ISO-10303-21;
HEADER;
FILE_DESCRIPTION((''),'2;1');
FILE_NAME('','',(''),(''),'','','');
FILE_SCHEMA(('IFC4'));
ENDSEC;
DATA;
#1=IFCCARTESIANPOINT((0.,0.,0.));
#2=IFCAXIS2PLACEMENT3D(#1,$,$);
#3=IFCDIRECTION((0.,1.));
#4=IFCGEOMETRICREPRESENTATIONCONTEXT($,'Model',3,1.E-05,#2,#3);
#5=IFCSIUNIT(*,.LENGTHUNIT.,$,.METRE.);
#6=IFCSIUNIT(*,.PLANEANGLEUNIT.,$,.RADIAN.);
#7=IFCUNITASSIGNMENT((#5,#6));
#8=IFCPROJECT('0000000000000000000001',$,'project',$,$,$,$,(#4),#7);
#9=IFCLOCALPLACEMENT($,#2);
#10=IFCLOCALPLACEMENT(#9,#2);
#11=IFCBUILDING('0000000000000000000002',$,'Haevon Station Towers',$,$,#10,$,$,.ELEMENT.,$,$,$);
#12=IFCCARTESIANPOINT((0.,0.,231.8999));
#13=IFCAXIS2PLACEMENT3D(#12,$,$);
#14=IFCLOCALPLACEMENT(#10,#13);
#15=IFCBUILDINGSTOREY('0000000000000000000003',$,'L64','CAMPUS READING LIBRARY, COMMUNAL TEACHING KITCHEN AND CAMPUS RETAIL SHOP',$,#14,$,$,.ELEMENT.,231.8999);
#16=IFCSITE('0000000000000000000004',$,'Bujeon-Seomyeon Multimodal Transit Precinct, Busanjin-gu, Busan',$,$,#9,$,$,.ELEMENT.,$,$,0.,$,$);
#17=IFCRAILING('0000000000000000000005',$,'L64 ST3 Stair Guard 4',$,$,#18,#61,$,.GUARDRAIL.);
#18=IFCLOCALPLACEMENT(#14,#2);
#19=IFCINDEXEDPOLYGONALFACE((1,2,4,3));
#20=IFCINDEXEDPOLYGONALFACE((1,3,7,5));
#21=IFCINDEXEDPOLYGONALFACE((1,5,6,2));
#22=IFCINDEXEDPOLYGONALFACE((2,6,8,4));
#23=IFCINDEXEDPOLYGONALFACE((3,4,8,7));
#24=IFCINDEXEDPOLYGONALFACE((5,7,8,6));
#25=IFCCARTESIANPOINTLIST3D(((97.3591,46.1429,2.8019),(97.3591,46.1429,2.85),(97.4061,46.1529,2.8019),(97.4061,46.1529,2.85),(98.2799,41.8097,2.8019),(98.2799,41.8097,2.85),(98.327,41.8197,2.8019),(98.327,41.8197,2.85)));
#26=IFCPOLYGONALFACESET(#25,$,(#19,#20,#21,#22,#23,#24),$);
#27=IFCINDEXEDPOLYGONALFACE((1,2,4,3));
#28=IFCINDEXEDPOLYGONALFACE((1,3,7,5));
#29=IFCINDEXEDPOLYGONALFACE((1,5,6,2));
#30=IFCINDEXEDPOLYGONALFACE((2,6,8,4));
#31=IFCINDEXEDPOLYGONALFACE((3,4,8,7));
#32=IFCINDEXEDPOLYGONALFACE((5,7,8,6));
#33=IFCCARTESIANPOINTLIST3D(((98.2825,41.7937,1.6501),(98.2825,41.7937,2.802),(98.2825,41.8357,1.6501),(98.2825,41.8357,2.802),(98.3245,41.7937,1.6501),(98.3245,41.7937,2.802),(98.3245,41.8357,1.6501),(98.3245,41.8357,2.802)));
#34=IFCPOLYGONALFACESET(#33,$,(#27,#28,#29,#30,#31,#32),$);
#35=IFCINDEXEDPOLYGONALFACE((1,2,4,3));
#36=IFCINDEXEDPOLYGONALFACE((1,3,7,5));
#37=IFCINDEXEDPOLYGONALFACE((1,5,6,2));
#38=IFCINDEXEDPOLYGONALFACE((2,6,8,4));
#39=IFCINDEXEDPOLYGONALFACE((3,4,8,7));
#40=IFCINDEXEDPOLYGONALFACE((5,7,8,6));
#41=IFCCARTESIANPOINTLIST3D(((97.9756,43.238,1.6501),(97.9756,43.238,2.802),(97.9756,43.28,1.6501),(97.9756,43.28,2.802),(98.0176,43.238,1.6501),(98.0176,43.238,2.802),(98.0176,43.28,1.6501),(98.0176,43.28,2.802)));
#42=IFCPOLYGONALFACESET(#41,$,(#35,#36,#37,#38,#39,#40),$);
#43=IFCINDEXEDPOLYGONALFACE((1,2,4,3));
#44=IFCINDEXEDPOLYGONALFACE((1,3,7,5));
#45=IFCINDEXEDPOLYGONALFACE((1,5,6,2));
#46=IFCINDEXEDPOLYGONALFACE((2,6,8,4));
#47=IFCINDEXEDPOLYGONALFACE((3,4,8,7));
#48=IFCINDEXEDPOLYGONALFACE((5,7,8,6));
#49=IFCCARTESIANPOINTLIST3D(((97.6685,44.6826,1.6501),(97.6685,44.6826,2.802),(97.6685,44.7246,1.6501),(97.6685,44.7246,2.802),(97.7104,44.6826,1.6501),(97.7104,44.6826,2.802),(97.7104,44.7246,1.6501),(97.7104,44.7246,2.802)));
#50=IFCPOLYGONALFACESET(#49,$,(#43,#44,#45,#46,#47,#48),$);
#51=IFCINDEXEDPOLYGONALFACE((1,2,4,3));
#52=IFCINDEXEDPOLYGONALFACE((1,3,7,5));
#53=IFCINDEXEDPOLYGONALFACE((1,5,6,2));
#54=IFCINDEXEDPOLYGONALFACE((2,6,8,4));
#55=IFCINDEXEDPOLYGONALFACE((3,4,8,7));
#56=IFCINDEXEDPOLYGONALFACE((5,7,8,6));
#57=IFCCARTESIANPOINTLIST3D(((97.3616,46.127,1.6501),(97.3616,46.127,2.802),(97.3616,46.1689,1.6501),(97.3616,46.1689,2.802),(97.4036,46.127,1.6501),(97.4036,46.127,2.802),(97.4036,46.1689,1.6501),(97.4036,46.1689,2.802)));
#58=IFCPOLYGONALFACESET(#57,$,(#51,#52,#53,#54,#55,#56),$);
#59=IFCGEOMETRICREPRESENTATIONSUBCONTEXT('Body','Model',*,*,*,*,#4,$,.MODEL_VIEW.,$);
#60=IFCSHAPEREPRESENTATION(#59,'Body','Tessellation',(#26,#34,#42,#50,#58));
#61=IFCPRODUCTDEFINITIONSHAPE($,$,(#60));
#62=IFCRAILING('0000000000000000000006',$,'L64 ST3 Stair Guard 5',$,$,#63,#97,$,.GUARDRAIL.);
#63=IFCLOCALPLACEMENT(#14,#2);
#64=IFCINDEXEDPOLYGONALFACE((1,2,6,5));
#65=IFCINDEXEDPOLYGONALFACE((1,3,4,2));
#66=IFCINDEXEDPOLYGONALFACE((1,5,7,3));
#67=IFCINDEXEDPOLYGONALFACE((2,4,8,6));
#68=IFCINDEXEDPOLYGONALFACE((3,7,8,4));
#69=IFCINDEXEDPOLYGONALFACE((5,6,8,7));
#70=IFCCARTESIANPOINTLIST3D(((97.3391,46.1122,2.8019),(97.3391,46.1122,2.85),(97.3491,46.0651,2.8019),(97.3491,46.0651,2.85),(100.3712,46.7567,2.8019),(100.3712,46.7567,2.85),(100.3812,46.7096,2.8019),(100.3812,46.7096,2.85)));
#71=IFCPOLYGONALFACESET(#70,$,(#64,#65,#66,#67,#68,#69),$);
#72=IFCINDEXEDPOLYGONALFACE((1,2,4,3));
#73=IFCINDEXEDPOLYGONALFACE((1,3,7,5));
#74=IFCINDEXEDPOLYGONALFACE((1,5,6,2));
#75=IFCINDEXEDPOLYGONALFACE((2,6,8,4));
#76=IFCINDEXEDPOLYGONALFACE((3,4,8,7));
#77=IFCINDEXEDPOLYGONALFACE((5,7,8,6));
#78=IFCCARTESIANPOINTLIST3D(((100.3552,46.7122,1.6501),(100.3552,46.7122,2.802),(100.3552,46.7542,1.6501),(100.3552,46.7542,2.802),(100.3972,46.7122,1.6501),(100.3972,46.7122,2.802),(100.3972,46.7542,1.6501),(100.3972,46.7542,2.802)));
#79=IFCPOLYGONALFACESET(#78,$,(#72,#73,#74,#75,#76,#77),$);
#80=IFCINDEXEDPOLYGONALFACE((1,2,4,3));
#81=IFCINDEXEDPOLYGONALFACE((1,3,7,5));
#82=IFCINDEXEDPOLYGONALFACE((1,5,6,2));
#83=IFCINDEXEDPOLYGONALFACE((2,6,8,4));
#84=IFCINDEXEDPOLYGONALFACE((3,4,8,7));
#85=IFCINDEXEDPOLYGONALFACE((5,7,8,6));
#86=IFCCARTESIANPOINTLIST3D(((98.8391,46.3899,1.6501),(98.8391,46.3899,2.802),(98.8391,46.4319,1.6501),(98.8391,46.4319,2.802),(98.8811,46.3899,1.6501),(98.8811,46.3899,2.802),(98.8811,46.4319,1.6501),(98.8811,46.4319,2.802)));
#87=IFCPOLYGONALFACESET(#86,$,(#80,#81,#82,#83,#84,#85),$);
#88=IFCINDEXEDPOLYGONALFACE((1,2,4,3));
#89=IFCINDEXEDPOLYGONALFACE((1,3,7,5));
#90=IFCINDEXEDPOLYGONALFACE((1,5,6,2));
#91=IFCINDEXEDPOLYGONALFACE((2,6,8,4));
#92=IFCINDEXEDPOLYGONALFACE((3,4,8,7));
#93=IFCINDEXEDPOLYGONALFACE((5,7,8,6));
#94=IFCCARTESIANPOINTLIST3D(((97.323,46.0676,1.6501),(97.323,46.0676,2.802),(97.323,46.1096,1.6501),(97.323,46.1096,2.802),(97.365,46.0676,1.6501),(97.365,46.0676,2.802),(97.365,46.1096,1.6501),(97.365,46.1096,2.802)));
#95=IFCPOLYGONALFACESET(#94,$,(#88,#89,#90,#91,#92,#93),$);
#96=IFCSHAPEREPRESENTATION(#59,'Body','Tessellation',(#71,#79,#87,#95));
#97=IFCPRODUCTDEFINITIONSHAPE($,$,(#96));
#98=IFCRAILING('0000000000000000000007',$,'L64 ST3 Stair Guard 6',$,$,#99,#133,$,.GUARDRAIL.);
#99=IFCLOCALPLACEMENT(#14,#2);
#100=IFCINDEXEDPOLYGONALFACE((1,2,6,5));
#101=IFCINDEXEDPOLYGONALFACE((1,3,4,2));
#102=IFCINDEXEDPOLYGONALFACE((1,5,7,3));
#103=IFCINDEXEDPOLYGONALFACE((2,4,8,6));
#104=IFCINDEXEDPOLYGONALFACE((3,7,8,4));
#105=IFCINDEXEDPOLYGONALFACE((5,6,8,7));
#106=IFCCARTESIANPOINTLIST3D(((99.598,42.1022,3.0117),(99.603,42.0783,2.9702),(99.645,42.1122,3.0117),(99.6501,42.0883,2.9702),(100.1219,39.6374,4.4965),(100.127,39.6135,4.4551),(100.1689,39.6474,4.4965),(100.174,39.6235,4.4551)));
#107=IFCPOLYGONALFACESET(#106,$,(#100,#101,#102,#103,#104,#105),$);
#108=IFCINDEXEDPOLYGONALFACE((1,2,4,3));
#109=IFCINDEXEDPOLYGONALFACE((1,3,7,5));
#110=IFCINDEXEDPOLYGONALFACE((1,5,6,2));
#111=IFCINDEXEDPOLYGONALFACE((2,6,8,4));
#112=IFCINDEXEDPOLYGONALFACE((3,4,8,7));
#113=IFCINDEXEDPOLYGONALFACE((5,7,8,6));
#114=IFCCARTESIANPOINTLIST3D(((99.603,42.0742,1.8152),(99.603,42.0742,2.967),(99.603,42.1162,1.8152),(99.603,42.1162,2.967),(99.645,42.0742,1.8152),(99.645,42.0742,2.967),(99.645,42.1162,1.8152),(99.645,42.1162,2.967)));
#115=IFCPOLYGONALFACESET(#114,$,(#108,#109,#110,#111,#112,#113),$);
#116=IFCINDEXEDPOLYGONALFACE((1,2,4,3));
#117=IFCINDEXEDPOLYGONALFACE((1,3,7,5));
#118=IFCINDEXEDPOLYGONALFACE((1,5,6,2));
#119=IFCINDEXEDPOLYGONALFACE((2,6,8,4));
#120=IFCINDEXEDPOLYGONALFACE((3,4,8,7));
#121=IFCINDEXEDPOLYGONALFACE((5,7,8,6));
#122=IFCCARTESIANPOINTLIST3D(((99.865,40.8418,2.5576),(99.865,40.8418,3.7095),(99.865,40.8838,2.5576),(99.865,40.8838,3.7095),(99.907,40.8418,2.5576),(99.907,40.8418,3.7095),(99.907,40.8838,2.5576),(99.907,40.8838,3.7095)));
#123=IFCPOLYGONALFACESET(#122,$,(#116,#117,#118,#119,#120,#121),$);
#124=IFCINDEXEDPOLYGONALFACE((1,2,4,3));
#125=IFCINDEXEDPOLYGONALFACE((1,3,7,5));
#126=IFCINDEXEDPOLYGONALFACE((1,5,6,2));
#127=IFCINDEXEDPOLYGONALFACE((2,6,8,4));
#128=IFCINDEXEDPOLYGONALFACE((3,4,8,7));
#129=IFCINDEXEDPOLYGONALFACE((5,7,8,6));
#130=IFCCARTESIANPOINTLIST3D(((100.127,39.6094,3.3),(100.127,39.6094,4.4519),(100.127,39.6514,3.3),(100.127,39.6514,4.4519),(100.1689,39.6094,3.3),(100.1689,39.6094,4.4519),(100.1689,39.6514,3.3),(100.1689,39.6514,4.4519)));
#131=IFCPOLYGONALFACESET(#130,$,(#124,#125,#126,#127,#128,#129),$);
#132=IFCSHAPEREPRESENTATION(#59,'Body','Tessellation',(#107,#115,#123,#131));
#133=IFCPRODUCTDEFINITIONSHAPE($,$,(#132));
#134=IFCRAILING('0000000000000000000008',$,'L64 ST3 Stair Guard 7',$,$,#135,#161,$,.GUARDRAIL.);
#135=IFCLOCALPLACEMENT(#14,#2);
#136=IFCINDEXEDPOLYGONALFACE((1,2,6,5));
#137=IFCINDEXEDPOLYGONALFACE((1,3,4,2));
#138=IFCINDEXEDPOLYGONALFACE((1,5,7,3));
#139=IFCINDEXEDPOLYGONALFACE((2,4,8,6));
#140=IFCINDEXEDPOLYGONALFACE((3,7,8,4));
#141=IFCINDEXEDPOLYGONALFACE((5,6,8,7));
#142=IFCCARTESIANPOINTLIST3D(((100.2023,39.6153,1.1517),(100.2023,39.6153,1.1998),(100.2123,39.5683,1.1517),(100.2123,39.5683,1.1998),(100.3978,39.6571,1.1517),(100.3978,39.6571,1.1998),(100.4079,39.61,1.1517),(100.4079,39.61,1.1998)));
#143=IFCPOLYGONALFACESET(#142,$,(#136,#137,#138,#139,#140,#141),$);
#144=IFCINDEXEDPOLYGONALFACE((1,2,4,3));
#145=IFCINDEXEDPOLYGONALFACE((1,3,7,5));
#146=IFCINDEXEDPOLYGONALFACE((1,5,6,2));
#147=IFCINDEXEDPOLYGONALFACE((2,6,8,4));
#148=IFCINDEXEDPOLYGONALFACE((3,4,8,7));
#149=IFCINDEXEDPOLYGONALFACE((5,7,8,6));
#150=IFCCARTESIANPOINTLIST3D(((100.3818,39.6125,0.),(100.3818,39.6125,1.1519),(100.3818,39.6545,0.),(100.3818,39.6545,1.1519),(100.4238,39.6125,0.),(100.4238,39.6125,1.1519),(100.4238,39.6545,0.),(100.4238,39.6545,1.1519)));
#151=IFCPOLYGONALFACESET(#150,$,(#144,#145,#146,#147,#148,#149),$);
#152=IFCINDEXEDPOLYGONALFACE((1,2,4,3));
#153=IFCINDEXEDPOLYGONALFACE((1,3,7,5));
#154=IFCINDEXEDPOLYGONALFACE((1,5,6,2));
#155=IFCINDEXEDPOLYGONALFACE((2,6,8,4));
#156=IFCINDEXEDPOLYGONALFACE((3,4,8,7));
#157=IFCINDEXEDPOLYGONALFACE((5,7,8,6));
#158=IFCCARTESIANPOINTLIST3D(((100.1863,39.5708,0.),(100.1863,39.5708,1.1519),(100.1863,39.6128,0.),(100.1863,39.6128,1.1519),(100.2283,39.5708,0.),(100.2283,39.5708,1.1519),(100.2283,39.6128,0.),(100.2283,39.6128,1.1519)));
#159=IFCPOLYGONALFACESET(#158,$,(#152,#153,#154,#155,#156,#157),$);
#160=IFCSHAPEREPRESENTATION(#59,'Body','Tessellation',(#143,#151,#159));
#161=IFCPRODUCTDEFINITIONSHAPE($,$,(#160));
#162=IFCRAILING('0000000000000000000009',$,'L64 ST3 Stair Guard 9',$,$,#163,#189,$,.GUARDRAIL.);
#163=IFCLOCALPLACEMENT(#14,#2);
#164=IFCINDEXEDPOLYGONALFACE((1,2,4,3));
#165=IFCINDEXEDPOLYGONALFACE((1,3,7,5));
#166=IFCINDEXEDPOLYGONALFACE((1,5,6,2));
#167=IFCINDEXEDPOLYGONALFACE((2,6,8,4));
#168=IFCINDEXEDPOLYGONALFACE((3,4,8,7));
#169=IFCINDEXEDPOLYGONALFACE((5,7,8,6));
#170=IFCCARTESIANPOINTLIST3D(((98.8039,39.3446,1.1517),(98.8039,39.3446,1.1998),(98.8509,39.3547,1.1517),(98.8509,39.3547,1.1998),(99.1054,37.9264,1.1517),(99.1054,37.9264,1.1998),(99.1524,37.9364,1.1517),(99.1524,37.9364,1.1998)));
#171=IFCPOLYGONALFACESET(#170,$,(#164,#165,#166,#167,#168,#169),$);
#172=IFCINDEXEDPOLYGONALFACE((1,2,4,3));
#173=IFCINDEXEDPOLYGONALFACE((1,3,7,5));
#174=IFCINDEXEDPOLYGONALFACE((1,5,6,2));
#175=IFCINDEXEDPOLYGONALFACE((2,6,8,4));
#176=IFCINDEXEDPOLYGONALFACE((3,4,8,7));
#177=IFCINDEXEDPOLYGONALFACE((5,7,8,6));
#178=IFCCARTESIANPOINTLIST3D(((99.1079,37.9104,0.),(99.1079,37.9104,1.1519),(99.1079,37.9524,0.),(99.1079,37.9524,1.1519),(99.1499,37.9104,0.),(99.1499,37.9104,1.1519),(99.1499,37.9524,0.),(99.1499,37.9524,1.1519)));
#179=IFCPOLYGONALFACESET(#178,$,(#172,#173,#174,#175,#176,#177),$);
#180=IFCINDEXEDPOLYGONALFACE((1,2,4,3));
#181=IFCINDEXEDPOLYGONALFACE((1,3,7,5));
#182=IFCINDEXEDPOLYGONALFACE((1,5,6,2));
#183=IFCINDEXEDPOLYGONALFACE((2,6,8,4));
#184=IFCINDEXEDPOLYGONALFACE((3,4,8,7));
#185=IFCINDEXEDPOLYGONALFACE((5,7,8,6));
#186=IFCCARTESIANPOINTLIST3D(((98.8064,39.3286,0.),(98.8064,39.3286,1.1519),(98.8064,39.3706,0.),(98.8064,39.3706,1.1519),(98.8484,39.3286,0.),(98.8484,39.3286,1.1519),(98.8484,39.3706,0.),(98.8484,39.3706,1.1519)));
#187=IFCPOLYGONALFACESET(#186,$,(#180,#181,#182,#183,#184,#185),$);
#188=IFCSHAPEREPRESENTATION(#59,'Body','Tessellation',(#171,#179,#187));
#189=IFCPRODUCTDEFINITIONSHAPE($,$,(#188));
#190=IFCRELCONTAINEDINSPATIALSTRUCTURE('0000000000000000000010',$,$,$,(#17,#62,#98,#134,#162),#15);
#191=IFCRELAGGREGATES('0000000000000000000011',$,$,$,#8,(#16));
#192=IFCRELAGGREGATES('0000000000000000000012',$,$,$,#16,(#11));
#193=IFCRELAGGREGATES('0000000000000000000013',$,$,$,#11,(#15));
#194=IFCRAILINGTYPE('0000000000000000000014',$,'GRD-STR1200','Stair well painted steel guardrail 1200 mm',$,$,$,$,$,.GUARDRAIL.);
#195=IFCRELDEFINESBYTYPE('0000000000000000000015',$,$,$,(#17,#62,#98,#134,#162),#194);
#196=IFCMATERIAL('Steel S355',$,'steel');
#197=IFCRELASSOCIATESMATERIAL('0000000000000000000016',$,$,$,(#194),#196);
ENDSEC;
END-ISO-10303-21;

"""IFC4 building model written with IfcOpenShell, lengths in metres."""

from ifc_helpers import new_model, si_unit, direction, frame, origin, origin_2d, place, context, subcontext, project, spatial, rectangle, extrude, material, type_object, element, save


model = new_model("IFC4")

# Units and contexts
model_context = context("Model", 3, precision=1e-05, world=origin(), true_north=direction((0.0, 1.0)))
body_context = subcontext(model_context, "Body", "Model", "MODEL_VIEW")
ifc_project = project(units=[si_unit("LENGTHUNIT", "METRE"), si_unit("PLANEANGLEUNIT", "RADIAN")], contexts=[model_context])

# Site, building, storey
site_placement = place(None, origin())
site = spatial("IfcSite", under=ifc_project, at=site_placement, Name="Bujeon-Seomyeon Multimodal Transit Precinct, Busanjin-gu, Busan", CompositionType="ELEMENT", RefElevation=0.0)
building_placement = place(site_placement, origin())
building = spatial("IfcBuilding", under=site, at=building_placement, Name="Haevon Station Towers", CompositionType="ELEMENT")
storey_placement = place(building_placement, frame((0.0, 0.0, 231.8999)))
storey = spatial("IfcBuildingStorey", under=building, at=storey_placement, Name="L64", Description="CAMPUS READING LIBRARY, COMMUNAL TEACHING KITCHEN AND CAMPUS RETAIL SHOP", CompositionType="ELEMENT", Elevation=231.8999)

# Shared definitions
ifc_material_1 = material(Name="Steel S355", Category="steel")

# Railings
railing_type_1 = type_object("IfcRailingType", Name="GRD-STR1200", Description="Stair well painted steel guardrail 1200 mm", PredefinedType="GUARDRAIL", material=ifc_material_1)
railing_1_placement = place(storey_placement, frame((98.3035, 41.8147, 1.6501)))
element("IfcRailing", 1, at=railing_1_placement, inside=storey, type_object=railing_type_1, Name="L64 ST3 Stair Guard 4", PredefinedType="GUARDRAIL", context=body_context, shape_type="SweptSolid", body=[
    extrude(rectangle(XDim=0.0481, YDim=0.0481, at=origin_2d()), frame((0.0, 0.0, 1.1758), z_axis=(-0.207877, 0.978155, 0.0), x_axis=(-0.978155, -0.207877, 0.0)), (0.0, 0.0, 1.0), 4.4299),
    extrude(rectangle(XDim=0.042, YDim=0.042, at=origin_2d()), origin(), (0.0, 0.0, 1.0), 1.1519),
    extrude(rectangle(XDim=0.042, YDim=0.042, at=origin_2d()), frame((-0.3069, 1.4443, 0.0)), (0.0, 0.0, 1.0), 1.1519),
    extrude(rectangle(XDim=0.042, YDim=0.042, at=origin_2d()), frame((-0.614, 2.8889, 0.0)), (0.0, 0.0, 1.0), 1.1519),
    extrude(rectangle(XDim=0.042, YDim=0.042, at=origin_2d()), frame((-0.9209, 4.3333, 0.0)), (0.0, 0.0, 1.0), 1.1519),
])
railing_2_placement = place(storey_placement, frame((100.3762, 46.7332, 1.6501)))
element("IfcRailing", 2, at=railing_2_placement, inside=storey, type_object=railing_type_1, Name="L64 ST3 Stair Guard 5", PredefinedType="GUARDRAIL", context=body_context, shape_type="SweptSolid", body=[
    extrude(rectangle(XDim=0.0481, YDim=0.0481, at=origin_2d()), frame((0.0, 0.0, 1.1758), z_axis=(-0.978147, -0.207915, 0.0), x_axis=(0.207915, -0.978147, 0.0)), (0.0, 0.0, 1.0), 3.0999),
    extrude(rectangle(XDim=0.042, YDim=0.042, at=origin_2d()), origin(), (0.0, 0.0, 1.0), 1.1519),
    extrude(rectangle(XDim=0.042, YDim=0.042, at=origin_2d()), frame((-1.5161, -0.3223, 0.0)), (0.0, 0.0, 1.0), 1.1519),
    extrude(rectangle(XDim=0.042, YDim=0.042, at=origin_2d()), frame((-3.0322, -0.6445, 0.0)), (0.0, 0.0, 1.0), 1.1519),
])
railing_3_placement = place(storey_placement, frame((99.624, 42.0952, 1.8152)))
element("IfcRailing", 3, at=railing_3_placement, inside=storey, type_object=railing_type_1, Name="L64 ST3 Stair Guard 6", PredefinedType="GUARDRAIL", context=body_context, shape_type="SweptSolid", body=[
    extrude(rectangle(XDim=0.0481, YDim=0.0481, at=origin_2d()), frame((0.0, 0.0, 1.1758), z_axis=(0.179129, -0.842724, 0.507671), x_axis=(0.978147, 0.207914, 0.0)), (0.0, 0.0, 1.0), 2.9248),
    extrude(rectangle(XDim=0.042, YDim=0.042, at=origin_2d()), origin(), (0.0, 0.0, 1.0), 1.1519),
    extrude(rectangle(XDim=0.042, YDim=0.042, at=origin_2d()), frame((0.262, -1.2324, 0.7424)), (0.0, 0.0, 1.0), 1.1519),
    extrude(rectangle(XDim=0.042, YDim=0.042, at=origin_2d()), frame((0.5239, -2.4648, 1.4849)), (0.0, 0.0, 1.0), 1.1519),
])
railing_4_placement = place(storey_placement, frame((100.4028, 39.6335, 0.0)))
element("IfcRailing", 4, at=railing_4_placement, inside=storey, type_object=railing_type_1, Name="L64 ST3 Stair Guard 7", PredefinedType="GUARDRAIL", context=body_context, shape_type="SweptSolid", body=[
    extrude(rectangle(XDim=0.0481, YDim=0.0481, at=origin_2d()), frame((0.0, 0.0, 1.1758), z_axis=(-0.977963, -0.208779, 0.0), x_axis=(0.208779, -0.977963, 0.0)), (0.0, 0.0, 1.0), 0.2),
    extrude(rectangle(XDim=0.042, YDim=0.042, at=origin_2d()), origin(), (0.0, 0.0, 1.0), 1.1519),
    extrude(rectangle(XDim=0.042, YDim=0.042, at=origin_2d()), frame((-0.1956, -0.0417, 0.0)), (0.0, 0.0, 1.0), 1.1519),
])
railing_5_placement = place(storey_placement, frame((99.1289, 37.9314, 0.0)))
element("IfcRailing", 5, at=railing_5_placement, inside=storey, type_object=railing_type_1, Name="L64 ST3 Stair Guard 9", PredefinedType="GUARDRAIL", context=body_context, shape_type="SweptSolid", body=[
    extrude(rectangle(XDim=0.0481, YDim=0.0481, at=origin_2d()), frame((0.0, 0.0, 1.1758), z_axis=(-0.207953, 0.978139, 0.0), x_axis=(-0.978139, -0.207953, 0.0)), (0.0, 0.0, 1.0), 1.45),
    extrude(rectangle(XDim=0.042, YDim=0.042, at=origin_2d()), origin(), (0.0, 0.0, 1.0), 1.1519),
    extrude(rectangle(XDim=0.042, YDim=0.042, at=origin_2d()), frame((-0.3015, 1.4182, 0.0)), (0.0, 0.0, 1.0), 1.1519),
])

save(model, "model.ifc")
